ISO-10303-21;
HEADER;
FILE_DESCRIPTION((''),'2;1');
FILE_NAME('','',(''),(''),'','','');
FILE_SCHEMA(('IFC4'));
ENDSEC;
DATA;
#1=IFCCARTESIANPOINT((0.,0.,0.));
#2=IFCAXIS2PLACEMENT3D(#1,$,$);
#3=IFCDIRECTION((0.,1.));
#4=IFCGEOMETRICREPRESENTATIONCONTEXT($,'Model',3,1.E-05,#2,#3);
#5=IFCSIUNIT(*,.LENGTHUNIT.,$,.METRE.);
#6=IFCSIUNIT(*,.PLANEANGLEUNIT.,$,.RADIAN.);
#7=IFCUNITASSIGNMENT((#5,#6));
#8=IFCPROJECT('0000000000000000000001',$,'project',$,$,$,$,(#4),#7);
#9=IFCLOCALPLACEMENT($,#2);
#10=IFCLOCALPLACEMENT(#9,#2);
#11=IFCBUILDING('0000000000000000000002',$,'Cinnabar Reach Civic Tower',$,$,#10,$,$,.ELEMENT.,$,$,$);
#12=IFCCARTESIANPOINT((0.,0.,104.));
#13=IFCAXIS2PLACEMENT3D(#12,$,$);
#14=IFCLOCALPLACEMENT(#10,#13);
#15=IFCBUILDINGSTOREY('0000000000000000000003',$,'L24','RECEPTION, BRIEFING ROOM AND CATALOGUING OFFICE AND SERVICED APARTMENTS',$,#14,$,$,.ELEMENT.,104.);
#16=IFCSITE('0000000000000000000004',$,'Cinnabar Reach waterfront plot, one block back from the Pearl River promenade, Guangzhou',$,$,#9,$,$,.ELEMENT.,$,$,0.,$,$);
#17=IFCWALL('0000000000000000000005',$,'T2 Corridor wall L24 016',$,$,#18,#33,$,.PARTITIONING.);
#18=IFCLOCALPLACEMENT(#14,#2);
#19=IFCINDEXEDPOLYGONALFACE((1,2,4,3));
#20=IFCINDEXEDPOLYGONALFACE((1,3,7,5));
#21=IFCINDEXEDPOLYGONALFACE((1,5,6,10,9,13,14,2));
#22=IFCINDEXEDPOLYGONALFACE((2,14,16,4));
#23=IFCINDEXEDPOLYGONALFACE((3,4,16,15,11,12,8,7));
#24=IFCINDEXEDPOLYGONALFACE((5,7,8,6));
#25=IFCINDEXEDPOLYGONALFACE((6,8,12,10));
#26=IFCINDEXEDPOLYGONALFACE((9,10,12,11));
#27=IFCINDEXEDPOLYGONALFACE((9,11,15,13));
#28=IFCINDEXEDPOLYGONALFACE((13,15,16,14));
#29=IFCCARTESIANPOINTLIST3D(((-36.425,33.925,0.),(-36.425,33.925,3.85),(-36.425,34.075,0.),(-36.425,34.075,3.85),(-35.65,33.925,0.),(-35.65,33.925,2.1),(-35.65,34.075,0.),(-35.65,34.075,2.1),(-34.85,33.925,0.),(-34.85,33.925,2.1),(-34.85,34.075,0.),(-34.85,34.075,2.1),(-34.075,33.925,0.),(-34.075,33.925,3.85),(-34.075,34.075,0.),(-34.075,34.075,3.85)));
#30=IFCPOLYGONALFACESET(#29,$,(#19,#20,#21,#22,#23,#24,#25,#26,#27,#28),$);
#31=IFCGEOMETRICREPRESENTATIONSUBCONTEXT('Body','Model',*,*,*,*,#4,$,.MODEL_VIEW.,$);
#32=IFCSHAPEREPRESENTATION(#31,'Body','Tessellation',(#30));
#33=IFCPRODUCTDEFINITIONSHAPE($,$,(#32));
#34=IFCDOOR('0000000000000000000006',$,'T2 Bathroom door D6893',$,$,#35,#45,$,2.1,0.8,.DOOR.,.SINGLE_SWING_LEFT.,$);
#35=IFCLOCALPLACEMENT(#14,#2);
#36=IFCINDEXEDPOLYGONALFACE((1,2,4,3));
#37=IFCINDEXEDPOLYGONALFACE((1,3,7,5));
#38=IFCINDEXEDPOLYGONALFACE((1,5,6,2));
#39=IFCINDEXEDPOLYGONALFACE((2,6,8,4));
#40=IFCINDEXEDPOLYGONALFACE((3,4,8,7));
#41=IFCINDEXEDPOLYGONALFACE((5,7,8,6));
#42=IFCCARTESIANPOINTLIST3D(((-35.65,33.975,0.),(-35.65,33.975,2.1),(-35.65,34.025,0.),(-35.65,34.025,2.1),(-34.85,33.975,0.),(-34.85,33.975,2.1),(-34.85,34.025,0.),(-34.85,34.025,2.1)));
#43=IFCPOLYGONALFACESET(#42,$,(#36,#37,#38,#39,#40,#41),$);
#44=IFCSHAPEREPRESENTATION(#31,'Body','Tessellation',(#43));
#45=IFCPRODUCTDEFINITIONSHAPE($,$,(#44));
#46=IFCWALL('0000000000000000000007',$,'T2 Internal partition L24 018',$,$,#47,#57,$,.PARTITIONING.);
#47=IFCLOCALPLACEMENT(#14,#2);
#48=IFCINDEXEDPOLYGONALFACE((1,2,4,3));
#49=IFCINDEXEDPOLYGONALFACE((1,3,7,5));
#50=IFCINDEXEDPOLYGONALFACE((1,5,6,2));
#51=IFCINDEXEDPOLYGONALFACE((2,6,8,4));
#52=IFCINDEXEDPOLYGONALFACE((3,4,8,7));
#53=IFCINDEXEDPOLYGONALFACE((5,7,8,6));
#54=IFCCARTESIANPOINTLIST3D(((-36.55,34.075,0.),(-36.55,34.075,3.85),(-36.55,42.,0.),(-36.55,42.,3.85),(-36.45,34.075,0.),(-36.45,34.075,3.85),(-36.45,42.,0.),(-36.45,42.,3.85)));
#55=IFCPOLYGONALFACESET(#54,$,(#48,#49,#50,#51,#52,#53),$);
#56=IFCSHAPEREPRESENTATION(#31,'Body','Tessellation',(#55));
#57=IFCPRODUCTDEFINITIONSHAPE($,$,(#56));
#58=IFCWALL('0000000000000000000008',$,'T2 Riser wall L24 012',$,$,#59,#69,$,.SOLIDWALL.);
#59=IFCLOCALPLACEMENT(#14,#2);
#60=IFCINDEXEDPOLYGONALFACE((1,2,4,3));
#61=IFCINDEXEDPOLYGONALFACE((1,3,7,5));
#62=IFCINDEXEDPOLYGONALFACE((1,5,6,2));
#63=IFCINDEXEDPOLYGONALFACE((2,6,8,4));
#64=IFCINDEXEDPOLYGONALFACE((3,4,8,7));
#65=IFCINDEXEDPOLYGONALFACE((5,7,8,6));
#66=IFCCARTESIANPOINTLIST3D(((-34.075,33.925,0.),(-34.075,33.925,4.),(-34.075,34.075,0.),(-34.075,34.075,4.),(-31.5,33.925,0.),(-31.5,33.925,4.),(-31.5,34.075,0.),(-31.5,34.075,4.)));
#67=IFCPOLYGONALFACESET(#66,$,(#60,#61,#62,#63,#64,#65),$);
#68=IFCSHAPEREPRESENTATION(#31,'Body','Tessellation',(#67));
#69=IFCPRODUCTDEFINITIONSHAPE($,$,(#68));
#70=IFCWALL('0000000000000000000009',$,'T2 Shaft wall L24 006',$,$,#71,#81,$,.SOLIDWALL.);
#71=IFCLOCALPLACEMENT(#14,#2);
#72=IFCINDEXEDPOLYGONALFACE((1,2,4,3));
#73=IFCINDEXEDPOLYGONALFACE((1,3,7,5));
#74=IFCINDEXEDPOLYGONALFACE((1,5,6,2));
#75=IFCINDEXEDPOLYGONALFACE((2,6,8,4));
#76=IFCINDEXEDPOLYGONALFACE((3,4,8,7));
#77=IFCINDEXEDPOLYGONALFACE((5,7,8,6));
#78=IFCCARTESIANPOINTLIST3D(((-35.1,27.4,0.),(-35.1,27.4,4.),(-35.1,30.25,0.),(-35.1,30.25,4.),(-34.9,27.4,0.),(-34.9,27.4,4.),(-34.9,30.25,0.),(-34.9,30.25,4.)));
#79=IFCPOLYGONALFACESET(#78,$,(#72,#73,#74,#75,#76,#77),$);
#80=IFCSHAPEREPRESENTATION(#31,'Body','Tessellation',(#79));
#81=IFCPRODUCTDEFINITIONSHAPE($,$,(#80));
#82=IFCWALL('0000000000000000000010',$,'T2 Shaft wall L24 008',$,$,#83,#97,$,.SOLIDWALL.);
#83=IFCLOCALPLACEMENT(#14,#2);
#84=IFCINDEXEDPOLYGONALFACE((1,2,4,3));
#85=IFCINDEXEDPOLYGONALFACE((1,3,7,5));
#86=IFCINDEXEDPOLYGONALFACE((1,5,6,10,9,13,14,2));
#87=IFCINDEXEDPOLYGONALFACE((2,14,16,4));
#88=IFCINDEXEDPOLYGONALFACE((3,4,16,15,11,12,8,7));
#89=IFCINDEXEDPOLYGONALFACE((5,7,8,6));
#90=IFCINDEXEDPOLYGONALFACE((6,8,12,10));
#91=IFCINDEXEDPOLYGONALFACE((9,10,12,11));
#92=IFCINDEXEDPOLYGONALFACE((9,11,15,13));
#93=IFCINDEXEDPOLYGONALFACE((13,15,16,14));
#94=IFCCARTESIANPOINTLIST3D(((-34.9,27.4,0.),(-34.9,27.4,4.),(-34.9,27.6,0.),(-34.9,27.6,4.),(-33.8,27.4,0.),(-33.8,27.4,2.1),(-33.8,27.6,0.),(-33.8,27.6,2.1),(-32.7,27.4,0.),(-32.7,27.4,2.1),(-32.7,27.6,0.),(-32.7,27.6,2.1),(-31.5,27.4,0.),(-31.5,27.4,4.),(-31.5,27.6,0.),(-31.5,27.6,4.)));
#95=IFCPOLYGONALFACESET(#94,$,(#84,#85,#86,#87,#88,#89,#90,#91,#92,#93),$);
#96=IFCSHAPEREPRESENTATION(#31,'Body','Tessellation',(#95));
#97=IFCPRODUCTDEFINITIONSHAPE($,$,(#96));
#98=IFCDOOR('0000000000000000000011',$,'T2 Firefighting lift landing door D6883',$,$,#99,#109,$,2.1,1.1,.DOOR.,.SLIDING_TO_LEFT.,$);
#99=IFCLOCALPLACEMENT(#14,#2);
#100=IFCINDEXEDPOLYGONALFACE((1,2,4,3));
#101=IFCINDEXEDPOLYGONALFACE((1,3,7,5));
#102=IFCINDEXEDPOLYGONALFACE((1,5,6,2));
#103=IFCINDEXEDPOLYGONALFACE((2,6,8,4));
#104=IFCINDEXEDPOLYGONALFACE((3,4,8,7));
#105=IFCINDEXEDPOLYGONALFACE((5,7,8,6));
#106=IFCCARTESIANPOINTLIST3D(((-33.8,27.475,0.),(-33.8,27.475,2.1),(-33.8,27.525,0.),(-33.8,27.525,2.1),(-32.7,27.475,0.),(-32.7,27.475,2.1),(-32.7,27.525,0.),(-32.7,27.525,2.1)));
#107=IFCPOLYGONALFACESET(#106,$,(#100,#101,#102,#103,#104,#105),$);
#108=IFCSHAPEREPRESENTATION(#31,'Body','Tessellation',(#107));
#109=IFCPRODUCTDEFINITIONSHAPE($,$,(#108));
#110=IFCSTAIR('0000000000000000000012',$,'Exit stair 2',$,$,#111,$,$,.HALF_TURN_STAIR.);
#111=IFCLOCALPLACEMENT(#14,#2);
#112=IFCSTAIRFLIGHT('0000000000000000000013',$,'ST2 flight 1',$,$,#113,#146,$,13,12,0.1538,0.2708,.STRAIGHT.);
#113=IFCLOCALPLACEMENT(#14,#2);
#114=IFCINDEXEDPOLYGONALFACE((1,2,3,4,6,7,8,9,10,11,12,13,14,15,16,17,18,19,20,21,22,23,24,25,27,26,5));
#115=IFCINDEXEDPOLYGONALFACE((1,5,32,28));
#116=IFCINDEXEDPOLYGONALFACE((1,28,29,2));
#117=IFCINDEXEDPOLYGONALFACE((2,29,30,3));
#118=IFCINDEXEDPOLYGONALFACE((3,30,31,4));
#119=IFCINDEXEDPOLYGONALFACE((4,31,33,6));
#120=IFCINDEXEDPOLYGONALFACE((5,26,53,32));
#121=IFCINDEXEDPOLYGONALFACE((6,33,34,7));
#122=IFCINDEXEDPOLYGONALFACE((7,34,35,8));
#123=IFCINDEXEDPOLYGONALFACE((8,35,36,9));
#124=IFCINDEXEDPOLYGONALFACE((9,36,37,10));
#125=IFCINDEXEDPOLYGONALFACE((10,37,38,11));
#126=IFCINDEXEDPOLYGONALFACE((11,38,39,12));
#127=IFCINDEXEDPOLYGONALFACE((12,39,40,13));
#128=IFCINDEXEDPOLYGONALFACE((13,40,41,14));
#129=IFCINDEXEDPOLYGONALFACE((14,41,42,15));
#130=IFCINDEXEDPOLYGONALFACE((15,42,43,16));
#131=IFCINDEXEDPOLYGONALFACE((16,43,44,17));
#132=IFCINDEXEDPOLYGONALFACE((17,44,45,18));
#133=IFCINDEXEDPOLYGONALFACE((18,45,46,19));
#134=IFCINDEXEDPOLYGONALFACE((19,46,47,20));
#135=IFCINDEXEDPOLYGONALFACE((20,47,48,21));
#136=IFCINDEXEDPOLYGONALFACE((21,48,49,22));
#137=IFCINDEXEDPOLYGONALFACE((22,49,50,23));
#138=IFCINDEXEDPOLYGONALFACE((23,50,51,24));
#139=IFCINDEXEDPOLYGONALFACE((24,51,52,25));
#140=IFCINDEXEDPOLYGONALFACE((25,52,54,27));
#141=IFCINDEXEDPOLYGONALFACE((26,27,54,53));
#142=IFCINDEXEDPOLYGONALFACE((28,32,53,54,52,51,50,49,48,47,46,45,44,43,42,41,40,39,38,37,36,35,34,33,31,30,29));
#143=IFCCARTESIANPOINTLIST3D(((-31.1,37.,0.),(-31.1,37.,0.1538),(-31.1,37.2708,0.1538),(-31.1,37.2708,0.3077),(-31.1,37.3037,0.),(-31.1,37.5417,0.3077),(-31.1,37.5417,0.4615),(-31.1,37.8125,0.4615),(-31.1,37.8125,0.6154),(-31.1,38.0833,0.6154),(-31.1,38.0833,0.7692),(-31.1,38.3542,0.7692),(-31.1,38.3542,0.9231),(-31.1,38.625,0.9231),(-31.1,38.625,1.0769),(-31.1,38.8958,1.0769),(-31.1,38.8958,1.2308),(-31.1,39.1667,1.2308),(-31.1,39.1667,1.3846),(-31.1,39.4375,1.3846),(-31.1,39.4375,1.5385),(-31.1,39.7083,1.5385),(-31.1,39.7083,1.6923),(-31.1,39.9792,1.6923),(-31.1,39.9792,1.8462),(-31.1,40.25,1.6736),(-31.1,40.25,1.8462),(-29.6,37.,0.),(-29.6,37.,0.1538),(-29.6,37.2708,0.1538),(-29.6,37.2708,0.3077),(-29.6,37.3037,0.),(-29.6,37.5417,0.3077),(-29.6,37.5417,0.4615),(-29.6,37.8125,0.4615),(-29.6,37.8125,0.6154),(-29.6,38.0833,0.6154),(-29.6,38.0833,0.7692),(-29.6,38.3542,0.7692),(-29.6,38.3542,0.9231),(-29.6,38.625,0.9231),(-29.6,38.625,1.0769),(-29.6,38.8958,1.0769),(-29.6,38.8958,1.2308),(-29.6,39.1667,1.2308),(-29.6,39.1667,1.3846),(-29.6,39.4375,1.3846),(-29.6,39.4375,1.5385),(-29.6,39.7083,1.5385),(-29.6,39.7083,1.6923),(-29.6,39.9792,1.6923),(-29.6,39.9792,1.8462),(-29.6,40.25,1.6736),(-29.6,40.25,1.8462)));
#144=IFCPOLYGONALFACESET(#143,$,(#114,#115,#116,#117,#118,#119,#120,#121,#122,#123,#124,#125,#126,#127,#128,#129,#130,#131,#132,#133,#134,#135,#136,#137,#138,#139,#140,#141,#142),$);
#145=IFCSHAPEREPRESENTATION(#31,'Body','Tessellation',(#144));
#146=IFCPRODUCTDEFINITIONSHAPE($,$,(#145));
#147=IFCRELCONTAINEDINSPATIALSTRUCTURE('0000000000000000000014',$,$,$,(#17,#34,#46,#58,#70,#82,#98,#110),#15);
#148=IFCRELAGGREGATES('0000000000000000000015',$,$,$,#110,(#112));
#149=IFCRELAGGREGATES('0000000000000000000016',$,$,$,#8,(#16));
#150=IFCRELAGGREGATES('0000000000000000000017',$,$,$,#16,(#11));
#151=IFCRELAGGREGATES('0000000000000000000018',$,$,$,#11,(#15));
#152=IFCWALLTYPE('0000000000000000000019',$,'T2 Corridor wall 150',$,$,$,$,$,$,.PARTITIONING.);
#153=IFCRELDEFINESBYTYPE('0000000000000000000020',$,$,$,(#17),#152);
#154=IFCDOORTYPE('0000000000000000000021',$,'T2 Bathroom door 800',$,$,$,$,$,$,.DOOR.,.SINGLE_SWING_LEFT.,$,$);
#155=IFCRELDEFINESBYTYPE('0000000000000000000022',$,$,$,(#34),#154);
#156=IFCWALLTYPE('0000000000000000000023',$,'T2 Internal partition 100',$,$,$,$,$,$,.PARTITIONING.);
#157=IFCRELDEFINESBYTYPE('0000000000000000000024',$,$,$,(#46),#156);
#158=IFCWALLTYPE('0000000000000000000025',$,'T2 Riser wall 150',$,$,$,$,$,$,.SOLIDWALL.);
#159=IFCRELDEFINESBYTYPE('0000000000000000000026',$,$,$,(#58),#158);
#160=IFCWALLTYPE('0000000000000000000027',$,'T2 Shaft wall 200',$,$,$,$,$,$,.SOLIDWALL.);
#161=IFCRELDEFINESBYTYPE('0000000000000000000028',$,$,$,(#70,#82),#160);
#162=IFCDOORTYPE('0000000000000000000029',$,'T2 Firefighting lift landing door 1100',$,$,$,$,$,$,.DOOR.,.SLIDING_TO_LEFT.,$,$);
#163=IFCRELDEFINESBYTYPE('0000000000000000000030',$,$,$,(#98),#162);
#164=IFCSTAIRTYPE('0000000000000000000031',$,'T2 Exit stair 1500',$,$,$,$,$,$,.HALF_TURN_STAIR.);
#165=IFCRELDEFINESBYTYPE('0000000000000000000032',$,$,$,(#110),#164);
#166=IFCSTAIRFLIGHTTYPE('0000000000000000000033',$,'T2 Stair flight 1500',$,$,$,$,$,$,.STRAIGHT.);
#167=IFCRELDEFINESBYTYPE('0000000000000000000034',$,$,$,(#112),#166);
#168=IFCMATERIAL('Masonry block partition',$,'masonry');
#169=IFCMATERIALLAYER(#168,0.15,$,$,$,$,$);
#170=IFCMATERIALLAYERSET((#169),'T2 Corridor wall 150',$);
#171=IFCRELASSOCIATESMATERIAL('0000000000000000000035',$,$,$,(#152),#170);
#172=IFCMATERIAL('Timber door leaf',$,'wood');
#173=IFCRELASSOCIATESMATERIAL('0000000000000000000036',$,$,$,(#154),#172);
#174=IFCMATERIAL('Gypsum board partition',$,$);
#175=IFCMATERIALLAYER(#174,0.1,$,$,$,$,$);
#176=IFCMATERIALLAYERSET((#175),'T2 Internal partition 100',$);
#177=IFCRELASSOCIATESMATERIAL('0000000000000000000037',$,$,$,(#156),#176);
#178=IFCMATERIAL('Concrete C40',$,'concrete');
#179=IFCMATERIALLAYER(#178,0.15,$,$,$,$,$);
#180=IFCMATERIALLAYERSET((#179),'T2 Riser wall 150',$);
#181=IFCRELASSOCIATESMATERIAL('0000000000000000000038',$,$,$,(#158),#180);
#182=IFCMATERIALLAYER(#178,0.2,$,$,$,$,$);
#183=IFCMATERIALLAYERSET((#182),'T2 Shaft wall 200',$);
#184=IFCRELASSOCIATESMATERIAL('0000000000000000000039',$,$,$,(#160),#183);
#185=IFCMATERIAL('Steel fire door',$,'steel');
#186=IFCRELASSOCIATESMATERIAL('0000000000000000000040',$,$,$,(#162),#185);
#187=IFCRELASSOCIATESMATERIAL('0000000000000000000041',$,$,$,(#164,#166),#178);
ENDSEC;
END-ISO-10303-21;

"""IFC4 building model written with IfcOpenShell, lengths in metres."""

from ifc_helpers import new_model, si_unit, direction, frame, frame_2d, origin, place, context, subcontext, project, spatial, polyline, rectangle, outline, extrude, material, layer, layer_set, type_object, element, fill, aggregate, save


model = new_model("IFC4")

# Units and contexts
model_context = context("Model", 3, precision=1e-05, world=origin(), true_north=direction((0.0, 1.0)))
body_context = subcontext(model_context, "Body", "Model", "MODEL_VIEW")
ifc_project = project(units=[si_unit("LENGTHUNIT", "METRE"), si_unit("PLANEANGLEUNIT", "RADIAN")], contexts=[model_context])

# Site, building, storey
site_placement = place(None, origin())
site = spatial("IfcSite", under=ifc_project, at=site_placement, Name="Cinnabar Reach waterfront plot, one block back from the Pearl River promenade, Guangzhou", CompositionType="ELEMENT", RefElevation=0.0)
building_placement = place(site_placement, origin())
building = spatial("IfcBuilding", under=site, at=building_placement, Name="Cinnabar Reach Civic Tower", CompositionType="ELEMENT")
storey_placement = place(building_placement, frame((0.0, 0.0, 104.0)))
storey = spatial("IfcBuildingStorey", under=building, at=storey_placement, Name="L24", Description="RECEPTION, BRIEFING ROOM AND CATALOGUING OFFICE AND SERVICED APARTMENTS", CompositionType="ELEMENT", Elevation=104.0)

# Wall, opening, door
ifc_material_1 = material(Name="Steel fire door", Category="steel")
ifc_material_2 = material(Name="Masonry block partition", Category="masonry")
ifc_layer_1 = layer(ifc_material_2, 0.15)
ifc_layer_set_1 = layer_set([ifc_layer_1], Name="T2 Corridor wall 150")
wall_type_1 = type_object("IfcWallType", Name="T2 Corridor wall 150", PredefinedType="PARTITIONING", material=ifc_layer_set_1)
ifc_material_3 = material(Name="Timber door leaf", Category="wood")
door_type_1 = type_object("IfcDoorType", Name="T2 Bathroom door 800", OperationType="SINGLE_SWING_LEFT", PredefinedType="DOOR", material=ifc_material_3)
wall_1_placement = place(storey_placement, frame((-34.075, 34.0, 0.0), z_axis=(0.0, 0.0, 1.0), x_axis=(-1.0, 0.0, 0.0)))
wall_1 = element("IfcWall", 1, at=wall_1_placement, inside=storey, type_object=wall_type_1, Name="T2 Corridor wall L24 016", PredefinedType="PARTITIONING", context=body_context, shape_type="SweptSolid", body=[
    extrude(rectangle(XDim=2.35, YDim=0.15, at=frame_2d((1.175, 0.0))), origin(), (0.0, 0.0, 1.0), 3.85),
])
opening_1_placement = place(wall_1_placement, frame((0.775, 0.0, 0.0)))
opening_1 = element("IfcOpeningElement", 2, at=opening_1_placement, cuts=wall_1, PredefinedType="OPENING", context=body_context, shape_type="SweptSolid", body=[
    extrude(rectangle(XDim=0.8, YDim=2.1, at=frame_2d((0.4, 1.05))), frame((0.0, 0.085, 0.0), z_axis=(0.0, -1.0, 0.0), x_axis=(1.0, 0.0, 0.0)), (0.0, 0.0, 1.0), 0.17),
])
door_1_placement = place(opening_1_placement, frame((0.8, 0.0, 0.0), z_axis=(0.0, 0.0, 1.0), x_axis=(-1.0, 0.0, 0.0)))
door_1 = element("IfcDoor", 3, at=door_1_placement, inside=storey, type_object=door_type_1, Name="T2 Bathroom door D6893", OperationType="SINGLE_SWING_LEFT", OverallHeight=2.1, OverallWidth=0.8, PredefinedType="DOOR", context=body_context, shape_type="SweptSolid", body=[
    extrude(rectangle(XDim=0.8, YDim=2.1, at=frame_2d((0.4, 1.05))), frame((0.0, 0.025, 0.0), z_axis=(0.0, -1.0, 0.0), x_axis=(1.0, 0.0, 0.0)), (0.0, 0.0, 1.0), 0.05),
])
fill(opening_1, door_1)

# Walls
ifc_material_4 = material(Name="Gypsum board partition")
ifc_layer_2 = layer(ifc_material_4, 0.1)
ifc_layer_set_2 = layer_set([ifc_layer_2], Name="T2 Internal partition 100")
wall_type_2 = type_object("IfcWallType", Name="T2 Internal partition 100", PredefinedType="PARTITIONING", material=ifc_layer_set_2)
wall_2_placement = place(storey_placement, frame((-36.5, 34.075, 0.0), z_axis=(0.0, 0.0, 1.0), x_axis=(0.0, 1.0, 0.0)))
element("IfcWall", 4, at=wall_2_placement, inside=storey, type_object=wall_type_2, Name="T2 Internal partition L24 018", PredefinedType="PARTITIONING", context=body_context, shape_type="SweptSolid", body=[
    extrude(rectangle(XDim=7.925, YDim=0.1, at=frame_2d((3.9625, 0.0))), origin(), (0.0, 0.0, 1.0), 3.85),
])
ifc_material_5 = material(Name="Concrete C40", Category="concrete")
ifc_layer_3 = layer(ifc_material_5, 0.15)
ifc_layer_set_3 = layer_set([ifc_layer_3], Name="T2 Riser wall 150")
wall_type_3 = type_object("IfcWallType", Name="T2 Riser wall 150", PredefinedType="SOLIDWALL", material=ifc_layer_set_3)
wall_3_placement = place(storey_placement, frame((-34.075, 34.0, 0.0), z_axis=(0.0, 0.0, 1.0), x_axis=(1.0, 0.0, 0.0)))
element("IfcWall", 5, at=wall_3_placement, inside=storey, type_object=wall_type_3, Name="T2 Riser wall L24 012", PredefinedType="SOLIDWALL", context=body_context, shape_type="SweptSolid", body=[
    extrude(rectangle(XDim=2.575, YDim=0.15, at=frame_2d((1.2875, 0.0))), origin(), (0.0, 0.0, 1.0), 4.0),
])
ifc_layer_4 = layer(ifc_material_5, 0.2)
ifc_layer_set_4 = layer_set([ifc_layer_4], Name="T2 Shaft wall 200")
wall_type_4 = type_object("IfcWallType", Name="T2 Shaft wall 200", PredefinedType="SOLIDWALL", material=ifc_layer_set_4)
wall_4_placement = place(storey_placement, frame((-35.0, 27.4, 0.0), z_axis=(0.0, 0.0, 1.0), x_axis=(0.0, 1.0, 0.0)))
element("IfcWall", 6, at=wall_4_placement, inside=storey, type_object=wall_type_4, Name="T2 Shaft wall L24 006", PredefinedType="SOLIDWALL", context=body_context, shape_type="SweptSolid", body=[
    extrude(rectangle(XDim=2.85, YDim=0.2, at=frame_2d((1.425, 0.0))), origin(), (0.0, 0.0, 1.0), 4.0),
])

# Wall, opening, door
wall_5_placement = place(storey_placement, frame((-34.9, 27.5, 0.0), z_axis=(0.0, 0.0, 1.0), x_axis=(1.0, 0.0, 0.0)))
wall_5 = element("IfcWall", 7, at=wall_5_placement, inside=storey, type_object=wall_type_4, Name="T2 Shaft wall L24 008", PredefinedType="SOLIDWALL", context=body_context, shape_type="SweptSolid", body=[
    extrude(rectangle(XDim=3.4, YDim=0.2, at=frame_2d((1.7, 0.0))), origin(), (0.0, 0.0, 1.0), 4.0),
])
opening_2_placement = place(wall_5_placement, frame((1.1, 0.0, 0.0)))
opening_2 = element("IfcOpeningElement", 8, at=opening_2_placement, cuts=wall_5, PredefinedType="OPENING", context=body_context, shape_type="SweptSolid", body=[
    extrude(rectangle(XDim=1.1, YDim=2.1, at=frame_2d((0.55, 1.05))), frame((0.0, 0.11, 0.0), z_axis=(0.0, -1.0, 0.0), x_axis=(1.0, 0.0, 0.0)), (0.0, 0.0, 1.0), 0.22),
])
door_type_2 = type_object("IfcDoorType", Name="T2 Firefighting lift landing door 1100", OperationType="SLIDING_TO_LEFT", PredefinedType="DOOR", material=ifc_material_1)
door_2_placement = place(opening_2_placement, origin())
door_2 = element("IfcDoor", 9, at=door_2_placement, inside=storey, type_object=door_type_2, Name="T2 Firefighting lift landing door D6883", OperationType="SLIDING_TO_LEFT", OverallHeight=2.1, OverallWidth=1.1, PredefinedType="DOOR", context=body_context, shape_type="SweptSolid", body=[
    extrude(rectangle(XDim=1.1, YDim=2.1, at=frame_2d((0.55, 1.05))), frame((0.0, 0.025, 0.0), z_axis=(0.0, -1.0, 0.0), x_axis=(1.0, 0.0, 0.0)), (0.0, 0.0, 1.0), 0.05),
])
fill(opening_2, door_2)

# Stair, stair flight
stair_type = type_object("IfcStairType", Name="T2 Exit stair 1500", PredefinedType="HALF_TURN_STAIR", material=ifc_material_5)
stair_placement = place(storey_placement, origin())
stair = element("IfcStair", 10, at=stair_placement, inside=storey, type_object=stair_type, Name="Exit stair 2", PredefinedType="HALF_TURN_STAIR")
stair_flight_type = type_object("IfcStairFlightType", Name="T2 Stair flight 1500", PredefinedType="STRAIGHT", material=ifc_material_5)
stair_flight_placement = place(storey_placement, frame((-30.35, 37.0, 0.0), z_axis=(0.0, 0.0, 1.0), x_axis=(0.0, 1.0, 0.0)))
stair_flight = element("IfcStairFlight", 11, at=stair_flight_placement, type_object=stair_flight_type, Name="ST2 flight 1", NumberOfRisers=13, NumberOfTreads=12, PredefinedType="STRAIGHT", RiserHeight=0.1538, TreadLength=0.2708, context=body_context, shape_type="SweptSolid", body=[
    extrude(outline(polyline([(0.0, 0.0), (0.0, 0.1538), (0.2708, 0.1538), (0.2708, 0.3077), (0.5417, 0.3077), (0.5417, 0.4615), (0.8125, 0.4615), (0.8125, 0.6154), (1.0833, 0.6154), (1.0833, 0.7692), (1.3542, 0.7692), (1.3542, 0.9231), (1.625, 0.9231), (1.625, 1.0769), (1.8958, 1.0769), (1.8958, 1.2308), (2.1667, 1.2308), (2.1667, 1.3846), (2.4375, 1.3846), (2.4375, 1.5385), (2.7083, 1.5385), (2.7083, 1.6923), (2.9792, 1.6923), (2.9792, 1.8462), (3.25, 1.8462), (3.25, 2.0), (3.25, 1.6736), (0.3037, 0.0), (0.0, 0.0)])), frame((0.0, 0.75, 0.0), z_axis=(0.0, -1.0, 0.0), x_axis=(1.0, 0.0, 0.0)), (0.0, 0.0, 1.0), 1.5),
])
aggregate(stair, [stair_flight])

save(model, "model.ifc")
